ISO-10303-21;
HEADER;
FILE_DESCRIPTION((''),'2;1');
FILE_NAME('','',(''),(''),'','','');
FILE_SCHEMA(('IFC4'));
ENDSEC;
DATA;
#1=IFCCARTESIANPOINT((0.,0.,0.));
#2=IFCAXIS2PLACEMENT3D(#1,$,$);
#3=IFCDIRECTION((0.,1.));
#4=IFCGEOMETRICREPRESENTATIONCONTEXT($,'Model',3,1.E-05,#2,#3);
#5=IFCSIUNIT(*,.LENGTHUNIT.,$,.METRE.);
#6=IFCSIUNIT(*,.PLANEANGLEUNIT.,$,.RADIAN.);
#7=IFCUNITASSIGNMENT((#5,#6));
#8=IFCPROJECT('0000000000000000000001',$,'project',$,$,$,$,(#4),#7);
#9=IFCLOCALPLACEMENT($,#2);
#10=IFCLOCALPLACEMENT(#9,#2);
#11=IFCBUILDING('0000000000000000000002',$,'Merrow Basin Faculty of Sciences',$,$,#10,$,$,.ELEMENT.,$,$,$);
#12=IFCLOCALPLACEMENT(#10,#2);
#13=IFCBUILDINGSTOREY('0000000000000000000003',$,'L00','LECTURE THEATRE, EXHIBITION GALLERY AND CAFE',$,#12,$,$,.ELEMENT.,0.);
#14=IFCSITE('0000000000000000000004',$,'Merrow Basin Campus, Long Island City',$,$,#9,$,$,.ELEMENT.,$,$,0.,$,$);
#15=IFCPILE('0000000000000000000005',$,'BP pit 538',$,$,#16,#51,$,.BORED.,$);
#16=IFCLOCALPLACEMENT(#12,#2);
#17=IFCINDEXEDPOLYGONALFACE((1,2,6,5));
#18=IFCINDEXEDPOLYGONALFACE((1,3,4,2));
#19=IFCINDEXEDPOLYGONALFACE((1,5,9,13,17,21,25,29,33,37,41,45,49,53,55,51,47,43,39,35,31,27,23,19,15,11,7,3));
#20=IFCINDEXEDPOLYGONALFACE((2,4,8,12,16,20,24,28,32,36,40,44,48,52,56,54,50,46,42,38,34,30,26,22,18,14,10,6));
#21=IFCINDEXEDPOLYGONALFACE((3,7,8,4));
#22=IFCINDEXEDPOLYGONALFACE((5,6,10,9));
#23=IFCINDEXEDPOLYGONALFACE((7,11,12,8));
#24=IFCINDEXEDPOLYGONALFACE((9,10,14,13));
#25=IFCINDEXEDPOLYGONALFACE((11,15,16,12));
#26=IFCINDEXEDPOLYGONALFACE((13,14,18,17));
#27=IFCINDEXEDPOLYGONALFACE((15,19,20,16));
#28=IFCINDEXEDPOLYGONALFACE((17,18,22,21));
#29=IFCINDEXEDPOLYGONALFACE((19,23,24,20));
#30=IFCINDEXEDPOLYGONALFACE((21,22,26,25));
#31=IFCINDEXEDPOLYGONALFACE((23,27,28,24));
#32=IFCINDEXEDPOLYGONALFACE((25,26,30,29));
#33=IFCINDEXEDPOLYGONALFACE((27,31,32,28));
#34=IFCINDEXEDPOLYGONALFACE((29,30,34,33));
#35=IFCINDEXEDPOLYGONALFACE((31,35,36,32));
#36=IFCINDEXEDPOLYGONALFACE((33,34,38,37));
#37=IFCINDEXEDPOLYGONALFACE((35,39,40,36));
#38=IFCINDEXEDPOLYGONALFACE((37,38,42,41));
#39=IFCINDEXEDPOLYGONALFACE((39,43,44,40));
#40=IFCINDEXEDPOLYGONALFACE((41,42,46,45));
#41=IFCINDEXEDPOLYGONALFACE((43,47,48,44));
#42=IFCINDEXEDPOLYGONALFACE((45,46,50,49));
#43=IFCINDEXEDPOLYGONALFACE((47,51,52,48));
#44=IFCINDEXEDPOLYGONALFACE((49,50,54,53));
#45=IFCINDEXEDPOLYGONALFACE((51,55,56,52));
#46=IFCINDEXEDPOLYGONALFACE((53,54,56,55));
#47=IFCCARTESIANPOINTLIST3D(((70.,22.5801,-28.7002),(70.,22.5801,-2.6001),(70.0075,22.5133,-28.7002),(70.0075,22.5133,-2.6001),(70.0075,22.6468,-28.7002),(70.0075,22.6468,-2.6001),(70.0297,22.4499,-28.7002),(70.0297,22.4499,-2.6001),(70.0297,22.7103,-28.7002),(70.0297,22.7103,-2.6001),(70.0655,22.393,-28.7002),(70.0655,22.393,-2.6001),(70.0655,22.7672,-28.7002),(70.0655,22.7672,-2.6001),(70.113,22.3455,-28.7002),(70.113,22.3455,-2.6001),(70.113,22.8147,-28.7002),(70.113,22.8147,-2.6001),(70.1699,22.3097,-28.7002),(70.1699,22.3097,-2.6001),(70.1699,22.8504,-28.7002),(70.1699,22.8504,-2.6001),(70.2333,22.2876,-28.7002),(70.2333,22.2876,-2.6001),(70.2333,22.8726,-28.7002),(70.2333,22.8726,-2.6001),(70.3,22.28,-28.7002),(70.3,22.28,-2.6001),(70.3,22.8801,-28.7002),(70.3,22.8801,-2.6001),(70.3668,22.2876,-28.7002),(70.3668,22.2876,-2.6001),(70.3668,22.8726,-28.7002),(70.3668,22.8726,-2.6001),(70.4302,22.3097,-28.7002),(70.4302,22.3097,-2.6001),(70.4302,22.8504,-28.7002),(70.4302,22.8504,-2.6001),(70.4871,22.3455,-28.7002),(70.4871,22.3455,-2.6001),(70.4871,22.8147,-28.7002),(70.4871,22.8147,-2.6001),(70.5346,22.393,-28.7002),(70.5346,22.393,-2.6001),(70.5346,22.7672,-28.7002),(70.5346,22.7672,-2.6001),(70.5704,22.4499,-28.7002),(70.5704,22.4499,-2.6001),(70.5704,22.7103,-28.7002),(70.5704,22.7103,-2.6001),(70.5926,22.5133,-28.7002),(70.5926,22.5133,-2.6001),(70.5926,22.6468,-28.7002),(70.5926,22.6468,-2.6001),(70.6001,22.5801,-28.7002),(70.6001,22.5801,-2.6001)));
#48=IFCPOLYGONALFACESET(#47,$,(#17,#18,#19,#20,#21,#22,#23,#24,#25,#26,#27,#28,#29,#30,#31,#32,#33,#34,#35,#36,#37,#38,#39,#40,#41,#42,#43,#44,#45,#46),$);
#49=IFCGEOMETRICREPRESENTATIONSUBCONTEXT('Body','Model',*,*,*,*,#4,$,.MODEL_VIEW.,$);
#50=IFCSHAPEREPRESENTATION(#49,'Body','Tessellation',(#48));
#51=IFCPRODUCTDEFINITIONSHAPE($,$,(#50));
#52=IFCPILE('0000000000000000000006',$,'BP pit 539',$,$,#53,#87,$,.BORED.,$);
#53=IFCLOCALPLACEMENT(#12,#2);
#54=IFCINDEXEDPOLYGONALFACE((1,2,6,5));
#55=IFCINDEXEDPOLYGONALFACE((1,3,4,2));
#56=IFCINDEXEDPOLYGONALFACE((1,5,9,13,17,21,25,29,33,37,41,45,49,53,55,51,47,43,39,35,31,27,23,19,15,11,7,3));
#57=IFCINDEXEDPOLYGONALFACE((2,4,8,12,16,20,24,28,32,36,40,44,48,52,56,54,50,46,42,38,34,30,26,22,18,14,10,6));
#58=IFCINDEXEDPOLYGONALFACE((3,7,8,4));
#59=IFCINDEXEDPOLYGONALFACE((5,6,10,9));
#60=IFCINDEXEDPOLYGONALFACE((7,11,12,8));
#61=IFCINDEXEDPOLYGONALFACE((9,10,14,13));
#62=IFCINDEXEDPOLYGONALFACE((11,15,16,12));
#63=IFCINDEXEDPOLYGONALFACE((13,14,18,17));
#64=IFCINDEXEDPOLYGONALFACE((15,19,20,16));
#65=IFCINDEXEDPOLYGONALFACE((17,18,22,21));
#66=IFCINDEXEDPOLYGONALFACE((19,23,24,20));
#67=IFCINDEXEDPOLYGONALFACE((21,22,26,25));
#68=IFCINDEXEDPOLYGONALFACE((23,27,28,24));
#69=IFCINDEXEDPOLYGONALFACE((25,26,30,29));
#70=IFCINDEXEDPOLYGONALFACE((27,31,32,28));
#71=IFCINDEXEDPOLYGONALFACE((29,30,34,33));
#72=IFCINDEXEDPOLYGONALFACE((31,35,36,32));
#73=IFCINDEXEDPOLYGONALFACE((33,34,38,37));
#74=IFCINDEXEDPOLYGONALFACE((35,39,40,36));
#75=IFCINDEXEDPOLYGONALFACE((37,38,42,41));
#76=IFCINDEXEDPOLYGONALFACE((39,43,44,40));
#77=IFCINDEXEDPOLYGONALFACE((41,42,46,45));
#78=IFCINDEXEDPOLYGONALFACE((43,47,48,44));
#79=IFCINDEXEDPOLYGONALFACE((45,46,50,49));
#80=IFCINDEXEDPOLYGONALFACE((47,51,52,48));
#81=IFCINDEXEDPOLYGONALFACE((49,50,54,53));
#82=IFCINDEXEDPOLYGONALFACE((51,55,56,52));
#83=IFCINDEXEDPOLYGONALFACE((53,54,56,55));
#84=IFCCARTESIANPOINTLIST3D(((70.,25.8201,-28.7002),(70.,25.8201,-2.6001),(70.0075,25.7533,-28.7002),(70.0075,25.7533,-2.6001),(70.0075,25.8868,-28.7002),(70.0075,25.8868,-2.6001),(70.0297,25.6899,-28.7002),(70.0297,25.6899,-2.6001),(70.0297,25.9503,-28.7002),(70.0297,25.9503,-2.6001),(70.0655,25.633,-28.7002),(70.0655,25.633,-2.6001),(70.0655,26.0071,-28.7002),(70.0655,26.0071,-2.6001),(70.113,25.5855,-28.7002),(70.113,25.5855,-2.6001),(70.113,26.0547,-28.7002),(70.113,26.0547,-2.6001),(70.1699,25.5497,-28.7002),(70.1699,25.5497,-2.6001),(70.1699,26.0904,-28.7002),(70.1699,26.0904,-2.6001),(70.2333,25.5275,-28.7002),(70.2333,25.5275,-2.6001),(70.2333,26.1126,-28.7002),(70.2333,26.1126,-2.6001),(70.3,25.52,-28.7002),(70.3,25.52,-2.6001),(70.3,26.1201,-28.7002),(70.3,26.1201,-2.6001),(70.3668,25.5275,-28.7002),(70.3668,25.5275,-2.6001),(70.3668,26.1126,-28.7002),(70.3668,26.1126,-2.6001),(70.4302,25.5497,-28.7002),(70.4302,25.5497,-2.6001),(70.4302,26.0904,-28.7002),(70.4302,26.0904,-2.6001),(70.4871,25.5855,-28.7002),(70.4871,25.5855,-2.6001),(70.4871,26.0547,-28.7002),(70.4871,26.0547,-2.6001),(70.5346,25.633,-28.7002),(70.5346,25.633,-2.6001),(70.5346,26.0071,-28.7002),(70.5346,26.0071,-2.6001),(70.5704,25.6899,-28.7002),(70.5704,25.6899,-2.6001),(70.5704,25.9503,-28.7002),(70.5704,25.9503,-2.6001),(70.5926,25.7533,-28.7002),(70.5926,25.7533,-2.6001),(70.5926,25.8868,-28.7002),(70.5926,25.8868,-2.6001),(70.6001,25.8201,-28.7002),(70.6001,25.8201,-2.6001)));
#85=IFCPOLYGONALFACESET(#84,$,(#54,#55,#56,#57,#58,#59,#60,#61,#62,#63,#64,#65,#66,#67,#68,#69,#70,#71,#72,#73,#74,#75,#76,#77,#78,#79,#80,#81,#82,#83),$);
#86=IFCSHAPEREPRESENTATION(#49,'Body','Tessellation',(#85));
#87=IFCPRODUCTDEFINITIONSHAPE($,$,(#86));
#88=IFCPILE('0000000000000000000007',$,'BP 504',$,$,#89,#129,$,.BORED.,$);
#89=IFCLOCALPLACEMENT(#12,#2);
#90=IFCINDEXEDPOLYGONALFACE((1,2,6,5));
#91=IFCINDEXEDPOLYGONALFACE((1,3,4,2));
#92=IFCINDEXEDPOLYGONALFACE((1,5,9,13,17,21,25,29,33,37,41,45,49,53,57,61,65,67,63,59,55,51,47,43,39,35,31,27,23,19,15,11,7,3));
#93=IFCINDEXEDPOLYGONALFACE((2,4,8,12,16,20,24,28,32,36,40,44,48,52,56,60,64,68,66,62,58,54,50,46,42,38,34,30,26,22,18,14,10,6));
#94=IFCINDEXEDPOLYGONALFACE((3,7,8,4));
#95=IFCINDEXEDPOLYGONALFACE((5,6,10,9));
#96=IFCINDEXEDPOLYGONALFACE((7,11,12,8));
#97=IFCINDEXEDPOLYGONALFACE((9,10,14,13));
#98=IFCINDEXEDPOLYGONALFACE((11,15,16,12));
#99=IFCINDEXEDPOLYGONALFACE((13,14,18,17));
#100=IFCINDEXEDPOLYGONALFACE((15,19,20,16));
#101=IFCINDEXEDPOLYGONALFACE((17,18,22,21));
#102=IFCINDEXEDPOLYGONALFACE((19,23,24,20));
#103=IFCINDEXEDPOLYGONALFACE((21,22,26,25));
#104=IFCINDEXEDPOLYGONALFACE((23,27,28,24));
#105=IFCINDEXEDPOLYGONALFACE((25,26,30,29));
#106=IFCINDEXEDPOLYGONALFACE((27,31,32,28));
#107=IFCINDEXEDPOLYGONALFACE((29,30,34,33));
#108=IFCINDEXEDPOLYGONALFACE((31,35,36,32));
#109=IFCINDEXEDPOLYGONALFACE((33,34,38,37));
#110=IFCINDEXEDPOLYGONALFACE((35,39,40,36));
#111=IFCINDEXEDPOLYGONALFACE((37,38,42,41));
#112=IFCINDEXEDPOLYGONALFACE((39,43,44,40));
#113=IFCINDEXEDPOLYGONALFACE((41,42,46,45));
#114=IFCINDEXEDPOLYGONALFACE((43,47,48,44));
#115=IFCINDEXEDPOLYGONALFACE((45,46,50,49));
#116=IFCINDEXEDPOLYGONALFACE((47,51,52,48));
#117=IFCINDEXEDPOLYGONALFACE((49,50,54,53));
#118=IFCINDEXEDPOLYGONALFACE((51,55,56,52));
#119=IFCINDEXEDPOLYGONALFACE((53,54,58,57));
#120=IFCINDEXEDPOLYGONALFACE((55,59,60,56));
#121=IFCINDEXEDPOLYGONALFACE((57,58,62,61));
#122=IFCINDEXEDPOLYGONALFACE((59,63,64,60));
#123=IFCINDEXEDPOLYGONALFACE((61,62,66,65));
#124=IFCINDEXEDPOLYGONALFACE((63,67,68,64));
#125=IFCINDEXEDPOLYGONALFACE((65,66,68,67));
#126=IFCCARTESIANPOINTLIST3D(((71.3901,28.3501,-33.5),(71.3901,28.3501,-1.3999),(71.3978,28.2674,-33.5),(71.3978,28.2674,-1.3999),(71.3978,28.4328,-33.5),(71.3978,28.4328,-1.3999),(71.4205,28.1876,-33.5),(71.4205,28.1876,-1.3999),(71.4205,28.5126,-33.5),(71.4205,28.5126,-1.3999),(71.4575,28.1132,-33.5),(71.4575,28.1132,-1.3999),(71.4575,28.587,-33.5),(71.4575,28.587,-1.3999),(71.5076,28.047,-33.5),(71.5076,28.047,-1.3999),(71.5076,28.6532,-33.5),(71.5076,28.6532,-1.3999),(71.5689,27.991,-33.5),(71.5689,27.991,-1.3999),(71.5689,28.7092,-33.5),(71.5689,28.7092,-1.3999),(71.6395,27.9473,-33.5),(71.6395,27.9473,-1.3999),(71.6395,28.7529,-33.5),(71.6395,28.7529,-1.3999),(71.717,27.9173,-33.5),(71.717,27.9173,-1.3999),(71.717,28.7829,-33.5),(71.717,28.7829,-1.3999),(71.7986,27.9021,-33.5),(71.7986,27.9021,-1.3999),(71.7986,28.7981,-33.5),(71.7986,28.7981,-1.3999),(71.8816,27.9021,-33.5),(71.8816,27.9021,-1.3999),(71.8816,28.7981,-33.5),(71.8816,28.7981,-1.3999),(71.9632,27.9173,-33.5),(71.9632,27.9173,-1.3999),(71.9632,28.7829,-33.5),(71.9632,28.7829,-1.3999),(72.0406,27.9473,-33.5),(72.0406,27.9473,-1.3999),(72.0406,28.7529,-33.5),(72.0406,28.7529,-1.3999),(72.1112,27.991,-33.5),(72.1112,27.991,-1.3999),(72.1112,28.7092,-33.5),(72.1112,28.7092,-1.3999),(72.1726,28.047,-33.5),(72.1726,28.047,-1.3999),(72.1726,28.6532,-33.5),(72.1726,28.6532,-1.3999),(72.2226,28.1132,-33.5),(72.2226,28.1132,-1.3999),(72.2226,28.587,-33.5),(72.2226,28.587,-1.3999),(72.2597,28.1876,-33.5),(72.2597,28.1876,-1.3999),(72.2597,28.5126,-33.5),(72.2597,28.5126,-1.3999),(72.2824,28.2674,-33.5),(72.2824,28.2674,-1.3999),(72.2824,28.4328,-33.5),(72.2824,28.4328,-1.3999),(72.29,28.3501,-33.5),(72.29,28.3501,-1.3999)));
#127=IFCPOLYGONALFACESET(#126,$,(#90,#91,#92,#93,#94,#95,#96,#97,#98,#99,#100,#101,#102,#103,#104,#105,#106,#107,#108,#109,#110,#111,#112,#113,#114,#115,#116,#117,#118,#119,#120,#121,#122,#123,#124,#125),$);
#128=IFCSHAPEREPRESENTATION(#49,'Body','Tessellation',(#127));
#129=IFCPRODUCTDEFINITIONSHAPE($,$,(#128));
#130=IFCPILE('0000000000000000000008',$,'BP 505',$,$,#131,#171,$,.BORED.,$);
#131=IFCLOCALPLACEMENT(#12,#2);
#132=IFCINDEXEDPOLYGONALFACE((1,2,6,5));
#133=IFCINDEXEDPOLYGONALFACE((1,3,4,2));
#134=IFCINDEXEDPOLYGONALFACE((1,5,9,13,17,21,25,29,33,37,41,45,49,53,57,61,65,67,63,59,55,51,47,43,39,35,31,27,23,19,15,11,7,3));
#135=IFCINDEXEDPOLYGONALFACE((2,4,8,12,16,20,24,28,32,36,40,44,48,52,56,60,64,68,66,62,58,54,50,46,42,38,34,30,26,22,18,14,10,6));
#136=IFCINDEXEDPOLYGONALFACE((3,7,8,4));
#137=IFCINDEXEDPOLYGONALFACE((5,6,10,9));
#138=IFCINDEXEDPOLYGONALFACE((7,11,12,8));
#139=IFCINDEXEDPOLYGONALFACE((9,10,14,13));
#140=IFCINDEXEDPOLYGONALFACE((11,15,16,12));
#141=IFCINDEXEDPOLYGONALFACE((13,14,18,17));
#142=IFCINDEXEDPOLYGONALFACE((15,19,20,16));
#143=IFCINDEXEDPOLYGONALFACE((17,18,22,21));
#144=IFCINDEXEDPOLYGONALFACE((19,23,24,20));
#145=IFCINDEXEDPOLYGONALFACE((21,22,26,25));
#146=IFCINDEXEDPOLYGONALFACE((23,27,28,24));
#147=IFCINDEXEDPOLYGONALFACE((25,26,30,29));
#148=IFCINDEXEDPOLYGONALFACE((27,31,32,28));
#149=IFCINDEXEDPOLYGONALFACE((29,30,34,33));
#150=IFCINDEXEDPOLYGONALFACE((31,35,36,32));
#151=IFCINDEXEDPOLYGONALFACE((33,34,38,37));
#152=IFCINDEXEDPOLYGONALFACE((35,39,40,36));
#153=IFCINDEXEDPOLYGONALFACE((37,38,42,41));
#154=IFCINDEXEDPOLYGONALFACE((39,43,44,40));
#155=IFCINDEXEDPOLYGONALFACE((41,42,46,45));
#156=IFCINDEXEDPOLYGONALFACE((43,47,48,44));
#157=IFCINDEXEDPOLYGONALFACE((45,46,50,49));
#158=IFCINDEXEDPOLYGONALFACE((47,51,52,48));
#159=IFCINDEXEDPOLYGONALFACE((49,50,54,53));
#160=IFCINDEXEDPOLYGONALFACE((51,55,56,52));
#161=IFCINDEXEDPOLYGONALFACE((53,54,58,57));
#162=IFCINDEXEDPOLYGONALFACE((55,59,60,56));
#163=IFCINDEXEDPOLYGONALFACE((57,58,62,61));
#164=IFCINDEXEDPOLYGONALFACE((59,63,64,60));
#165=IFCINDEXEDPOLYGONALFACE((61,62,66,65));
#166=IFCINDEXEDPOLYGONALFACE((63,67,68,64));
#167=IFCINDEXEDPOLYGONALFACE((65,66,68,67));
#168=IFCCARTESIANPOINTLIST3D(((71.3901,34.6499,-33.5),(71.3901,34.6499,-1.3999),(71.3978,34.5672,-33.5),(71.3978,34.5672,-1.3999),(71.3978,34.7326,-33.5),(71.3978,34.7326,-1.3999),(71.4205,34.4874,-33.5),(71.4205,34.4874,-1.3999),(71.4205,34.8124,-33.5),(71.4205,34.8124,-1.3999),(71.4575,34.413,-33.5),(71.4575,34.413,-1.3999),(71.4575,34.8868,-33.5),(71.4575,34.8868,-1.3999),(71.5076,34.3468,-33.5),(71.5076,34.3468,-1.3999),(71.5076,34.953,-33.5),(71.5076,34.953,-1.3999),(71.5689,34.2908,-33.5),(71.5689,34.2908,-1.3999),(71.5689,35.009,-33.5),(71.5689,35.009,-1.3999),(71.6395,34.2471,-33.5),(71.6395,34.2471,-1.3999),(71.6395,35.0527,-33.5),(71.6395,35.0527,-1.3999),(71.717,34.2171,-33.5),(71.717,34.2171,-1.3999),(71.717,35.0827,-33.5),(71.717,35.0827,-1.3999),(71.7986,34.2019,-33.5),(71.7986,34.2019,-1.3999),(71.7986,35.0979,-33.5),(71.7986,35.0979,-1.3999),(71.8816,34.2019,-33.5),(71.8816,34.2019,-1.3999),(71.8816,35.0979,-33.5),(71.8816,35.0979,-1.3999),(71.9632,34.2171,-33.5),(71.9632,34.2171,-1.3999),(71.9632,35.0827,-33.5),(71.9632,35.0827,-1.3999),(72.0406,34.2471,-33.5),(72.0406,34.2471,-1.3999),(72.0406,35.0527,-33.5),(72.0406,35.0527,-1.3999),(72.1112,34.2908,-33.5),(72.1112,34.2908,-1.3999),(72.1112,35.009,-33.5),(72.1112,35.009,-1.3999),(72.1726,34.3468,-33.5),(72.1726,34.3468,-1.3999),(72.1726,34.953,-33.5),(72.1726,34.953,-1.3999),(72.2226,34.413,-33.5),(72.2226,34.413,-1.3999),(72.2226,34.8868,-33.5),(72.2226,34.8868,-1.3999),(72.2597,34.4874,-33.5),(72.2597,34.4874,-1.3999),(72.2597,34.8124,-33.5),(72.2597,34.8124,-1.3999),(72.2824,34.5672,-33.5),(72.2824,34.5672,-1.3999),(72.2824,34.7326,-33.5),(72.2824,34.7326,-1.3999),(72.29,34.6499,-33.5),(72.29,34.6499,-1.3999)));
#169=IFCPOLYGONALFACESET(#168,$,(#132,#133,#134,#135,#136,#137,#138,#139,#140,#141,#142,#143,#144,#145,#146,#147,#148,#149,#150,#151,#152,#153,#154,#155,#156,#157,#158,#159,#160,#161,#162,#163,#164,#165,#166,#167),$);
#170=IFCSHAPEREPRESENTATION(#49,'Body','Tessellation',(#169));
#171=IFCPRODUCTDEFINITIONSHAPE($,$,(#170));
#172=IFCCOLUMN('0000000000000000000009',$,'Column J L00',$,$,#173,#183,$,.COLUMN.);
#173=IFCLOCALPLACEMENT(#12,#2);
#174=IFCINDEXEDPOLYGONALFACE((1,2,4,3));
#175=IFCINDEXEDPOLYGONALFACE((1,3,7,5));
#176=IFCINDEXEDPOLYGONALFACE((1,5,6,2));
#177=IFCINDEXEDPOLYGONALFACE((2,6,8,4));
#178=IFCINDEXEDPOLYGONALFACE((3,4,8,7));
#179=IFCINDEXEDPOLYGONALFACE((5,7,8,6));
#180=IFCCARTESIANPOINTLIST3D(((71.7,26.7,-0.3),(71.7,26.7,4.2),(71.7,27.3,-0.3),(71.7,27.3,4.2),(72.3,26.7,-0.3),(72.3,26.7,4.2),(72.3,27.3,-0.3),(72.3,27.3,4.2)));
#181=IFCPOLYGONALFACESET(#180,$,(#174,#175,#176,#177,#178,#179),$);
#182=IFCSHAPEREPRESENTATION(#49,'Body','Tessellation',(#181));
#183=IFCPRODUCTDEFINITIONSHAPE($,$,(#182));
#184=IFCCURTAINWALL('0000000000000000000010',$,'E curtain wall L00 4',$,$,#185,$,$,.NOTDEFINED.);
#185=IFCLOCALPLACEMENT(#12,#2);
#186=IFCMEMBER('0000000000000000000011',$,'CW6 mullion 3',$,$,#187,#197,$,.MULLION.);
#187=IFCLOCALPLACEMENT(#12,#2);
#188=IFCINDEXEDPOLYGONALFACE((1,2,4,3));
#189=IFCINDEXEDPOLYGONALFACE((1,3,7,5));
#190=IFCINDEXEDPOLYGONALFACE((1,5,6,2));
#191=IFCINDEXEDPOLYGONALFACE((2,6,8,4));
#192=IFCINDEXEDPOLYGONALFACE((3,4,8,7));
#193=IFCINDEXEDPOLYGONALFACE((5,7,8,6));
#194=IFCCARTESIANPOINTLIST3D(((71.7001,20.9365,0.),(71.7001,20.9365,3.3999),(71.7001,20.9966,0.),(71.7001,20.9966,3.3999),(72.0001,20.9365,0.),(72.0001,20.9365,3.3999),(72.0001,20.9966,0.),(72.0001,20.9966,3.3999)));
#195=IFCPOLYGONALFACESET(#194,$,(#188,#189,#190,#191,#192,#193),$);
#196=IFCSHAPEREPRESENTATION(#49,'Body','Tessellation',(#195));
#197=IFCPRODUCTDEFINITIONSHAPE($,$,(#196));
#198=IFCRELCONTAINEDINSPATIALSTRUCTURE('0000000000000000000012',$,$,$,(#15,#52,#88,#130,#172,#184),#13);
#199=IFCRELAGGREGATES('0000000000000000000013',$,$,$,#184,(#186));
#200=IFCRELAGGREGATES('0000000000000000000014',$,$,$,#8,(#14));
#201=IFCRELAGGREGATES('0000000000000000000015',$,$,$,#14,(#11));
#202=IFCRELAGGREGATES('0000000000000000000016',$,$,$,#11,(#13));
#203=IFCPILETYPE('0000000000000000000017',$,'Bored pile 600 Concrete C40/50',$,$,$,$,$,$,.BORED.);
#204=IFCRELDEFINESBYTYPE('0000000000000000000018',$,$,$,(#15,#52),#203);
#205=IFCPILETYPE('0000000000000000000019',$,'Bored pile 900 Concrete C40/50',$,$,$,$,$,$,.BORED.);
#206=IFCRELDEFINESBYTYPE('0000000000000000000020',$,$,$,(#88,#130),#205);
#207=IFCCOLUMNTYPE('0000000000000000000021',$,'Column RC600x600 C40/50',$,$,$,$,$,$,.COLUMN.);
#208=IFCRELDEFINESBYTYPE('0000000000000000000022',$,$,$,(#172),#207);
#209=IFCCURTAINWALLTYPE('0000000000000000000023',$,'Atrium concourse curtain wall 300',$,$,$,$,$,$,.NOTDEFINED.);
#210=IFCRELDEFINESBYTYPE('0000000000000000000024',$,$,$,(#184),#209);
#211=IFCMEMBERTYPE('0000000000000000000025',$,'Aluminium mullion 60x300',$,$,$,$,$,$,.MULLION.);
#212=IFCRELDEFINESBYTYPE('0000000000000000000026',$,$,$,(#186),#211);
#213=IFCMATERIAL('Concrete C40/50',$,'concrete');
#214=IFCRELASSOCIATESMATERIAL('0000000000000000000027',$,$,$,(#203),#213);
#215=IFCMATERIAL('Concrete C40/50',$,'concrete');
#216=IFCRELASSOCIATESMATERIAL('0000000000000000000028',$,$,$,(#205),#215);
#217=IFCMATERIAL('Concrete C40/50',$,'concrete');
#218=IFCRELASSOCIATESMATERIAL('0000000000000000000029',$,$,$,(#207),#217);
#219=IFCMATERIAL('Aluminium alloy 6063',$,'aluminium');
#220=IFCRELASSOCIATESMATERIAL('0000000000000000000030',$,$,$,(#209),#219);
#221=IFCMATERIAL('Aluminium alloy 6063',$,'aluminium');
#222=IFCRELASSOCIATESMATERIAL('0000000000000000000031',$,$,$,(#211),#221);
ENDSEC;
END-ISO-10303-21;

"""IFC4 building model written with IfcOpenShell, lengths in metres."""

from ifc_helpers import new_model, si_unit, direction, frame, origin, origin_2d, place, context, subcontext, project, spatial, rectangle, circle, extrude, material, material_profile, profile_set, type_object, element, aggregate, save


model = new_model("IFC4")

# Units and contexts
model_context = context("Model", 3, precision=1e-05, world=origin(), true_north=direction((0.0, 1.0)))
body_context = subcontext(model_context, "Body", "Model", "MODEL_VIEW")
ifc_project = project(units=[si_unit("LENGTHUNIT", "METRE"), si_unit("PLANEANGLEUNIT", "RADIAN")], contexts=[model_context])

# Site, building, storey
site_placement = place(None, origin())
site = spatial("IfcSite", under=ifc_project, at=site_placement, Name="Merrow Basin Campus, Long Island City", CompositionType="ELEMENT", RefElevation=0.0)
building_placement = place(site_placement, origin())
building = spatial("IfcBuilding", under=site, at=building_placement, Name="Merrow Basin Faculty of Sciences", CompositionType="ELEMENT")
storey_placement = place(building_placement, origin())
storey = spatial("IfcBuildingStorey", under=building, at=storey_placement, Name="L00", Description="LECTURE THEATRE, EXHIBITION GALLERY AND CAFE", CompositionType="ELEMENT", Elevation=0.0)

# Piles
ifc_material_1 = material(Name="Concrete C40/50", Category="concrete")
ifc_material_profile_1 = material_profile(ifc_material_1, circle(Radius=0.3, at=origin_2d()))
ifc_profile_set_1 = profile_set([ifc_material_profile_1], Name="Concrete C40/50")
pile_type_1 = type_object("IfcPileType", Name="Bored pile 600 Concrete C40/50", PredefinedType="BORED", material=ifc_profile_set_1)
for number, where, z_axis, x_axis, name in (
    (1, (70.3, 22.5801, -2.6001), (0.0, 0.0, -1.0), (1.0, 0.0, 0.0), "BP pit 538"),
    (2, (70.3, 25.8201, -2.6001), (0.0, 0.0, -1.0), (1.0, 0.0, 0.0), "BP pit 539"),
):
    element("IfcPile", number, at=place(storey_placement, frame(where, z_axis=z_axis, x_axis=x_axis)), inside=storey, type_object=pile_type_1, Name=name, PredefinedType="BORED", context=body_context, shape_type="SweptSolid", body=[
        extrude(circle(Radius=0.3, at=origin_2d()), origin(), (0.0, 0.0, 1.0), 26.1001),
    ])
ifc_material_2 = material(Name="Concrete C40/50", Category="concrete")
ifc_material_profile_2 = material_profile(ifc_material_2, circle(Radius=0.45, at=origin_2d()))
ifc_profile_set_2 = profile_set([ifc_material_profile_2], Name="Concrete C40/50")
pile_type_2 = type_object("IfcPileType", Name="Bored pile 900 Concrete C40/50", PredefinedType="BORED", material=ifc_profile_set_2)
for number, where, z_axis, x_axis, name in (
    (3, (71.8401, 28.3501, -1.3999), (0.0, 0.0, -1.0), (1.0, 0.0, 0.0), "BP 504"),
    (4, (71.8401, 34.6499, -1.3999), (0.0, 0.0, -1.0), (1.0, 0.0, 0.0), "BP 505"),
):
    element("IfcPile", number, at=place(storey_placement, frame(where, z_axis=z_axis, x_axis=x_axis)), inside=storey, type_object=pile_type_2, Name=name, PredefinedType="BORED", context=body_context, shape_type="SweptSolid", body=[
        extrude(circle(Radius=0.45, at=origin_2d()), origin(), (0.0, 0.0, 1.0), 32.1001),
    ])

# Column
ifc_material_3 = material(Name="Concrete C40/50", Category="concrete")
ifc_material_profile_3 = material_profile(ifc_material_3, rectangle(XDim=0.6001, YDim=0.6001, at=origin_2d()))
ifc_profile_set_3 = profile_set([ifc_material_profile_3], Name="Concrete C40/50")
column_type = type_object("IfcColumnType", Name="Column RC600x600 C40/50", PredefinedType="COLUMN", material=ifc_profile_set_3)
column_placement = place(storey_placement, frame((72.0, 27.0, -0.3), z_axis=(0.0, 0.0, 1.0), x_axis=(1.0, 0.0, 0.0)))
element("IfcColumn", 5, at=column_placement, inside=storey, type_object=column_type, Name="Column J L00", PredefinedType="COLUMN", context=body_context, shape_type="SweptSolid", body=[
    extrude(rectangle(XDim=0.6001, YDim=0.6001, at=origin_2d()), origin(), (0.0, 0.0, 1.0), 4.5),
])

# Curtain wall, member
ifc_material_4 = material(Name="Aluminium alloy 6063", Category="aluminium")
curtain_wall_type = type_object("IfcCurtainWallType", Name="Atrium concourse curtain wall 300", PredefinedType="NOTDEFINED", material=ifc_material_4)
curtain_wall_placement = place(storey_placement, origin())
curtain_wall = element("IfcCurtainWall", 6, at=curtain_wall_placement, inside=storey, type_object=curtain_wall_type, Name="E curtain wall L00 4", PredefinedType="NOTDEFINED")
ifc_material_5 = material(Name="Aluminium alloy 6063", Category="aluminium")
ifc_material_profile_4 = material_profile(ifc_material_5, rectangle(XDim=0.3, YDim=0.0601, at=origin_2d()))
ifc_profile_set_4 = profile_set([ifc_material_profile_4], Name="Aluminium alloy 6063")
member_type_1 = type_object("IfcMemberType", Name="Aluminium mullion 60x300", PredefinedType="MULLION", material=ifc_profile_set_4)
member_1_placement = place(storey_placement, frame((71.8501, 20.9666, 0.0), z_axis=(0.0, 0.0, 1.0), x_axis=(-1.0, 0.0, 0.0)))
member_1 = element("IfcMember", 7, at=member_1_placement, type_object=member_type_1, Name="CW6 mullion 3", PredefinedType="MULLION", context=body_context, shape_type="SweptSolid", body=[
    extrude(rectangle(XDim=0.3, YDim=0.0601, at=origin_2d()), origin(), (0.0, 0.0, 1.0), 3.3999),
])
aggregate(curtain_wall, [member_1])

save(model, "model.ifc")
